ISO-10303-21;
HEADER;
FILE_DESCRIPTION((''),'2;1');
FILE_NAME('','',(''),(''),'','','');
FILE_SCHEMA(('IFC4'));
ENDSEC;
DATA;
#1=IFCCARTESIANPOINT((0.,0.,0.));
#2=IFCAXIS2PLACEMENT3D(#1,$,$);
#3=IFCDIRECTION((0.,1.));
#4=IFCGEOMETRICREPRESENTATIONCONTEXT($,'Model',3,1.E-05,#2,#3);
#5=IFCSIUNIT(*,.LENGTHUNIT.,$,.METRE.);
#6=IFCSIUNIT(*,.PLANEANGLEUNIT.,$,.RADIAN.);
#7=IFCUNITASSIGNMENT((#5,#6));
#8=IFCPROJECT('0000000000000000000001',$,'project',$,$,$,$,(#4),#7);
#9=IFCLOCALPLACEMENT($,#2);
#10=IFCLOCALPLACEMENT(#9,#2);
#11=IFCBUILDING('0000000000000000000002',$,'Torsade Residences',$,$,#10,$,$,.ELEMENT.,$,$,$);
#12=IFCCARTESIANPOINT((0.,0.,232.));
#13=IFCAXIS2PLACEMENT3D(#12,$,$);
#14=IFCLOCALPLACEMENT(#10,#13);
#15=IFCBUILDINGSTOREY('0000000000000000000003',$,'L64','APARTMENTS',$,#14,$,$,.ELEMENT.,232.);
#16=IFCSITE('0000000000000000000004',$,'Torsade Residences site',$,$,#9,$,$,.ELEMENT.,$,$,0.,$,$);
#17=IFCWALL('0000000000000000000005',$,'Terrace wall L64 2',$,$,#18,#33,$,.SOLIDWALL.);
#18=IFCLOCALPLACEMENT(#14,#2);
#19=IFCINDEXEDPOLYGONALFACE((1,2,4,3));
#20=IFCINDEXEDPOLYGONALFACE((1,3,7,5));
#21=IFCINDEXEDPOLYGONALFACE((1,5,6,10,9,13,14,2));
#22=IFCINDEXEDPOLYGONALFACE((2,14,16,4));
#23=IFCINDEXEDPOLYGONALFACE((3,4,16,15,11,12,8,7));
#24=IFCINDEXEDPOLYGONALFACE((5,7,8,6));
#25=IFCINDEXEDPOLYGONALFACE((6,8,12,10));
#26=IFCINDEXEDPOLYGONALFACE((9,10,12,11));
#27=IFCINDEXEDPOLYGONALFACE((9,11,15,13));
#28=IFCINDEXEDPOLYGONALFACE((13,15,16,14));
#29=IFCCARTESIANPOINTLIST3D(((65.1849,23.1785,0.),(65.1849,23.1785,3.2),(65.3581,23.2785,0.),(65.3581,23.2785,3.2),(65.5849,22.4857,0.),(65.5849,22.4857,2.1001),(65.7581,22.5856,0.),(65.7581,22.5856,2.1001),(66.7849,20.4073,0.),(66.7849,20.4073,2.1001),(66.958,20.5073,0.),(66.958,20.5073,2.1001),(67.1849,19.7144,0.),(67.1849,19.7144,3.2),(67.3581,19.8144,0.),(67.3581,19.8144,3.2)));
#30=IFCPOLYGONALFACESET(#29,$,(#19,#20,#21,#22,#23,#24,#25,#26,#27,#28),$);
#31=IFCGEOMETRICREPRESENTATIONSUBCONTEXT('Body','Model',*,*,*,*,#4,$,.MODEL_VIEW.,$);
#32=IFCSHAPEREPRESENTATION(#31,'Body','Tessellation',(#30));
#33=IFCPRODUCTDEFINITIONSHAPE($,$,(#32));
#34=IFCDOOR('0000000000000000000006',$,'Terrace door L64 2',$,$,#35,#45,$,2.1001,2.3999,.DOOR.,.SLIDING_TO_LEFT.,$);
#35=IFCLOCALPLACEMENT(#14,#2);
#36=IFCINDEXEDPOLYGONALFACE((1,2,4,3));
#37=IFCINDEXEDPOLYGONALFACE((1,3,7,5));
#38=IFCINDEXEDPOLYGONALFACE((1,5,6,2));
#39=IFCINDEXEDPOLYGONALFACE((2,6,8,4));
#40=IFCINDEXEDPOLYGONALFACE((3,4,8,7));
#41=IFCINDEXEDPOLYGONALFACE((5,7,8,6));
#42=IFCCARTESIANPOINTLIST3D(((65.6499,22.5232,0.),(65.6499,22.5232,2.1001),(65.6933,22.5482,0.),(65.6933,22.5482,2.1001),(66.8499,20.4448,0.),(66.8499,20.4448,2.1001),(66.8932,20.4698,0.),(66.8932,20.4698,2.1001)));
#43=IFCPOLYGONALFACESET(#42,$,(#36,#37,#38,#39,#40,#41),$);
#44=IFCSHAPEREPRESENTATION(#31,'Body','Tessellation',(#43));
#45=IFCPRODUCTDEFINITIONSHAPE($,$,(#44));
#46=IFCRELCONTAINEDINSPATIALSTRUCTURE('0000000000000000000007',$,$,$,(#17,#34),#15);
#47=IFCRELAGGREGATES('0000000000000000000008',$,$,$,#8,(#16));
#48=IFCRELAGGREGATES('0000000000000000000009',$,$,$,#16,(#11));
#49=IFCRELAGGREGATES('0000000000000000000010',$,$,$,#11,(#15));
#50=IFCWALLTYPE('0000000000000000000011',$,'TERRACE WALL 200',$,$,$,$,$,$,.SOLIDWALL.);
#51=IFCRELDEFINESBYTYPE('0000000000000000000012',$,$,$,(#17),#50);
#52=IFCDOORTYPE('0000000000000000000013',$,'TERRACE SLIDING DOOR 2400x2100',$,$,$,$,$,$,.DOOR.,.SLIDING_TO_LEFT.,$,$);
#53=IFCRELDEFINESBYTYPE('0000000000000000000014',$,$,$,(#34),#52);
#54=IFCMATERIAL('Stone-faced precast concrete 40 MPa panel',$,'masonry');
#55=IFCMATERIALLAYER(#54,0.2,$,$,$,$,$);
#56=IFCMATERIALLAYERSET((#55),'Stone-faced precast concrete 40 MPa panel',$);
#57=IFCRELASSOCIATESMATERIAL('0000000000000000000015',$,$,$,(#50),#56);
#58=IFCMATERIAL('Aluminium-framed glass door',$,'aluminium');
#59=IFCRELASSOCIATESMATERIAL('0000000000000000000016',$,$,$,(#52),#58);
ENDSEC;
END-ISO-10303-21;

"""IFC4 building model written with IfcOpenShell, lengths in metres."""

from ifc_helpers import new_model, si_unit, direction, frame, frame_2d, origin, place, context, subcontext, project, spatial, rectangle, extrude, material, layer, layer_set, type_object, element, fill, save


model = new_model("IFC4")

# Units and contexts
model_context = context("Model", 3, precision=1e-05, world=origin(), true_north=direction((0.0, 1.0)))
body_context = subcontext(model_context, "Body", "Model", "MODEL_VIEW")
ifc_project = project(units=[si_unit("LENGTHUNIT", "METRE"), si_unit("PLANEANGLEUNIT", "RADIAN")], contexts=[model_context])

# Site, building, storey
site_placement = place(None, origin())
site = spatial("IfcSite", under=ifc_project, at=site_placement, Name="Torsade Residences site", CompositionType="ELEMENT", RefElevation=0.0)
building_placement = place(site_placement, origin())
building = spatial("IfcBuilding", under=site, at=building_placement, Name="Torsade Residences", CompositionType="ELEMENT")
storey_placement = place(building_placement, frame((0.0, 0.0, 232.0)))
storey = spatial("IfcBuildingStorey", under=building, at=storey_placement, Name="L64", Description="APARTMENTS", CompositionType="ELEMENT", Elevation=232.0)

# Wall, opening, door
ifc_material_1 = material(Name="Stone-faced precast concrete 40 MPa panel", Category="masonry")
ifc_layer_1 = layer(ifc_material_1, 0.2)
ifc_layer_set_1 = layer_set([ifc_layer_1], Name="Stone-faced precast concrete 40 MPa panel")
wall_type_1 = type_object("IfcWallType", Name="TERRACE WALL 200", PredefinedType="SOLIDWALL", material=ifc_layer_set_1)
wall_1_placement = place(storey_placement, frame((67.2715, 19.7644, 0.0), z_axis=(0.0, 0.0, 1.0), x_axis=(-0.499999, 0.866026, 0.0)))
wall_1 = element("IfcWall", 1, at=wall_1_placement, inside=storey, type_object=wall_type_1, Name="Terrace wall L64 2", PredefinedType="SOLIDWALL", context=body_context, shape_type="SweptSolid", body=[
    extrude(rectangle(XDim=4.0, YDim=0.2, at=frame_2d((2.0, 0.0))), origin(), (0.0, 0.0, 1.0), 3.2),
])
opening_1_placement = place(wall_1_placement, frame((0.8, 0.0, 0.0)))
opening_1 = element("IfcOpeningElement", 2, at=opening_1_placement, cuts=wall_1, PredefinedType="OPENING", context=body_context, shape_type="SweptSolid", body=[
    extrude(rectangle(XDim=2.3999, YDim=2.1001, at=frame_2d((1.2, 1.05))), frame((0.0, 0.1099, 0.0), z_axis=(0.0, -1.0, 0.0), x_axis=(1.0, 0.0, 0.0)), (0.0, 0.0, 1.0), 0.22),
])
ifc_material_2 = material(Name="Aluminium-framed glass door", Category="aluminium")
door_type_1 = type_object("IfcDoorType", Name="TERRACE SLIDING DOOR 2400x2100", OperationType="SLIDING_TO_LEFT", PredefinedType="DOOR", material=ifc_material_2)
door_1_placement = place(opening_1_placement, origin())
door_1 = element("IfcDoor", 3, at=door_1_placement, inside=storey, type_object=door_type_1, Name="Terrace door L64 2", OperationType="SLIDING_TO_LEFT", OverallHeight=2.1001, OverallWidth=2.3999, PredefinedType="DOOR", context=body_context, shape_type="SweptSolid", body=[
    extrude(rectangle(XDim=2.3999, YDim=2.1001, at=frame_2d((1.2, 1.05))), frame((0.0, 0.0249, 0.0), z_axis=(0.0, -1.0, 0.0), x_axis=(1.0, 0.0, 0.0)), (0.0, 0.0, 1.0), 0.05),
])
fill(opening_1, door_1)

save(model, "model.ifc")
